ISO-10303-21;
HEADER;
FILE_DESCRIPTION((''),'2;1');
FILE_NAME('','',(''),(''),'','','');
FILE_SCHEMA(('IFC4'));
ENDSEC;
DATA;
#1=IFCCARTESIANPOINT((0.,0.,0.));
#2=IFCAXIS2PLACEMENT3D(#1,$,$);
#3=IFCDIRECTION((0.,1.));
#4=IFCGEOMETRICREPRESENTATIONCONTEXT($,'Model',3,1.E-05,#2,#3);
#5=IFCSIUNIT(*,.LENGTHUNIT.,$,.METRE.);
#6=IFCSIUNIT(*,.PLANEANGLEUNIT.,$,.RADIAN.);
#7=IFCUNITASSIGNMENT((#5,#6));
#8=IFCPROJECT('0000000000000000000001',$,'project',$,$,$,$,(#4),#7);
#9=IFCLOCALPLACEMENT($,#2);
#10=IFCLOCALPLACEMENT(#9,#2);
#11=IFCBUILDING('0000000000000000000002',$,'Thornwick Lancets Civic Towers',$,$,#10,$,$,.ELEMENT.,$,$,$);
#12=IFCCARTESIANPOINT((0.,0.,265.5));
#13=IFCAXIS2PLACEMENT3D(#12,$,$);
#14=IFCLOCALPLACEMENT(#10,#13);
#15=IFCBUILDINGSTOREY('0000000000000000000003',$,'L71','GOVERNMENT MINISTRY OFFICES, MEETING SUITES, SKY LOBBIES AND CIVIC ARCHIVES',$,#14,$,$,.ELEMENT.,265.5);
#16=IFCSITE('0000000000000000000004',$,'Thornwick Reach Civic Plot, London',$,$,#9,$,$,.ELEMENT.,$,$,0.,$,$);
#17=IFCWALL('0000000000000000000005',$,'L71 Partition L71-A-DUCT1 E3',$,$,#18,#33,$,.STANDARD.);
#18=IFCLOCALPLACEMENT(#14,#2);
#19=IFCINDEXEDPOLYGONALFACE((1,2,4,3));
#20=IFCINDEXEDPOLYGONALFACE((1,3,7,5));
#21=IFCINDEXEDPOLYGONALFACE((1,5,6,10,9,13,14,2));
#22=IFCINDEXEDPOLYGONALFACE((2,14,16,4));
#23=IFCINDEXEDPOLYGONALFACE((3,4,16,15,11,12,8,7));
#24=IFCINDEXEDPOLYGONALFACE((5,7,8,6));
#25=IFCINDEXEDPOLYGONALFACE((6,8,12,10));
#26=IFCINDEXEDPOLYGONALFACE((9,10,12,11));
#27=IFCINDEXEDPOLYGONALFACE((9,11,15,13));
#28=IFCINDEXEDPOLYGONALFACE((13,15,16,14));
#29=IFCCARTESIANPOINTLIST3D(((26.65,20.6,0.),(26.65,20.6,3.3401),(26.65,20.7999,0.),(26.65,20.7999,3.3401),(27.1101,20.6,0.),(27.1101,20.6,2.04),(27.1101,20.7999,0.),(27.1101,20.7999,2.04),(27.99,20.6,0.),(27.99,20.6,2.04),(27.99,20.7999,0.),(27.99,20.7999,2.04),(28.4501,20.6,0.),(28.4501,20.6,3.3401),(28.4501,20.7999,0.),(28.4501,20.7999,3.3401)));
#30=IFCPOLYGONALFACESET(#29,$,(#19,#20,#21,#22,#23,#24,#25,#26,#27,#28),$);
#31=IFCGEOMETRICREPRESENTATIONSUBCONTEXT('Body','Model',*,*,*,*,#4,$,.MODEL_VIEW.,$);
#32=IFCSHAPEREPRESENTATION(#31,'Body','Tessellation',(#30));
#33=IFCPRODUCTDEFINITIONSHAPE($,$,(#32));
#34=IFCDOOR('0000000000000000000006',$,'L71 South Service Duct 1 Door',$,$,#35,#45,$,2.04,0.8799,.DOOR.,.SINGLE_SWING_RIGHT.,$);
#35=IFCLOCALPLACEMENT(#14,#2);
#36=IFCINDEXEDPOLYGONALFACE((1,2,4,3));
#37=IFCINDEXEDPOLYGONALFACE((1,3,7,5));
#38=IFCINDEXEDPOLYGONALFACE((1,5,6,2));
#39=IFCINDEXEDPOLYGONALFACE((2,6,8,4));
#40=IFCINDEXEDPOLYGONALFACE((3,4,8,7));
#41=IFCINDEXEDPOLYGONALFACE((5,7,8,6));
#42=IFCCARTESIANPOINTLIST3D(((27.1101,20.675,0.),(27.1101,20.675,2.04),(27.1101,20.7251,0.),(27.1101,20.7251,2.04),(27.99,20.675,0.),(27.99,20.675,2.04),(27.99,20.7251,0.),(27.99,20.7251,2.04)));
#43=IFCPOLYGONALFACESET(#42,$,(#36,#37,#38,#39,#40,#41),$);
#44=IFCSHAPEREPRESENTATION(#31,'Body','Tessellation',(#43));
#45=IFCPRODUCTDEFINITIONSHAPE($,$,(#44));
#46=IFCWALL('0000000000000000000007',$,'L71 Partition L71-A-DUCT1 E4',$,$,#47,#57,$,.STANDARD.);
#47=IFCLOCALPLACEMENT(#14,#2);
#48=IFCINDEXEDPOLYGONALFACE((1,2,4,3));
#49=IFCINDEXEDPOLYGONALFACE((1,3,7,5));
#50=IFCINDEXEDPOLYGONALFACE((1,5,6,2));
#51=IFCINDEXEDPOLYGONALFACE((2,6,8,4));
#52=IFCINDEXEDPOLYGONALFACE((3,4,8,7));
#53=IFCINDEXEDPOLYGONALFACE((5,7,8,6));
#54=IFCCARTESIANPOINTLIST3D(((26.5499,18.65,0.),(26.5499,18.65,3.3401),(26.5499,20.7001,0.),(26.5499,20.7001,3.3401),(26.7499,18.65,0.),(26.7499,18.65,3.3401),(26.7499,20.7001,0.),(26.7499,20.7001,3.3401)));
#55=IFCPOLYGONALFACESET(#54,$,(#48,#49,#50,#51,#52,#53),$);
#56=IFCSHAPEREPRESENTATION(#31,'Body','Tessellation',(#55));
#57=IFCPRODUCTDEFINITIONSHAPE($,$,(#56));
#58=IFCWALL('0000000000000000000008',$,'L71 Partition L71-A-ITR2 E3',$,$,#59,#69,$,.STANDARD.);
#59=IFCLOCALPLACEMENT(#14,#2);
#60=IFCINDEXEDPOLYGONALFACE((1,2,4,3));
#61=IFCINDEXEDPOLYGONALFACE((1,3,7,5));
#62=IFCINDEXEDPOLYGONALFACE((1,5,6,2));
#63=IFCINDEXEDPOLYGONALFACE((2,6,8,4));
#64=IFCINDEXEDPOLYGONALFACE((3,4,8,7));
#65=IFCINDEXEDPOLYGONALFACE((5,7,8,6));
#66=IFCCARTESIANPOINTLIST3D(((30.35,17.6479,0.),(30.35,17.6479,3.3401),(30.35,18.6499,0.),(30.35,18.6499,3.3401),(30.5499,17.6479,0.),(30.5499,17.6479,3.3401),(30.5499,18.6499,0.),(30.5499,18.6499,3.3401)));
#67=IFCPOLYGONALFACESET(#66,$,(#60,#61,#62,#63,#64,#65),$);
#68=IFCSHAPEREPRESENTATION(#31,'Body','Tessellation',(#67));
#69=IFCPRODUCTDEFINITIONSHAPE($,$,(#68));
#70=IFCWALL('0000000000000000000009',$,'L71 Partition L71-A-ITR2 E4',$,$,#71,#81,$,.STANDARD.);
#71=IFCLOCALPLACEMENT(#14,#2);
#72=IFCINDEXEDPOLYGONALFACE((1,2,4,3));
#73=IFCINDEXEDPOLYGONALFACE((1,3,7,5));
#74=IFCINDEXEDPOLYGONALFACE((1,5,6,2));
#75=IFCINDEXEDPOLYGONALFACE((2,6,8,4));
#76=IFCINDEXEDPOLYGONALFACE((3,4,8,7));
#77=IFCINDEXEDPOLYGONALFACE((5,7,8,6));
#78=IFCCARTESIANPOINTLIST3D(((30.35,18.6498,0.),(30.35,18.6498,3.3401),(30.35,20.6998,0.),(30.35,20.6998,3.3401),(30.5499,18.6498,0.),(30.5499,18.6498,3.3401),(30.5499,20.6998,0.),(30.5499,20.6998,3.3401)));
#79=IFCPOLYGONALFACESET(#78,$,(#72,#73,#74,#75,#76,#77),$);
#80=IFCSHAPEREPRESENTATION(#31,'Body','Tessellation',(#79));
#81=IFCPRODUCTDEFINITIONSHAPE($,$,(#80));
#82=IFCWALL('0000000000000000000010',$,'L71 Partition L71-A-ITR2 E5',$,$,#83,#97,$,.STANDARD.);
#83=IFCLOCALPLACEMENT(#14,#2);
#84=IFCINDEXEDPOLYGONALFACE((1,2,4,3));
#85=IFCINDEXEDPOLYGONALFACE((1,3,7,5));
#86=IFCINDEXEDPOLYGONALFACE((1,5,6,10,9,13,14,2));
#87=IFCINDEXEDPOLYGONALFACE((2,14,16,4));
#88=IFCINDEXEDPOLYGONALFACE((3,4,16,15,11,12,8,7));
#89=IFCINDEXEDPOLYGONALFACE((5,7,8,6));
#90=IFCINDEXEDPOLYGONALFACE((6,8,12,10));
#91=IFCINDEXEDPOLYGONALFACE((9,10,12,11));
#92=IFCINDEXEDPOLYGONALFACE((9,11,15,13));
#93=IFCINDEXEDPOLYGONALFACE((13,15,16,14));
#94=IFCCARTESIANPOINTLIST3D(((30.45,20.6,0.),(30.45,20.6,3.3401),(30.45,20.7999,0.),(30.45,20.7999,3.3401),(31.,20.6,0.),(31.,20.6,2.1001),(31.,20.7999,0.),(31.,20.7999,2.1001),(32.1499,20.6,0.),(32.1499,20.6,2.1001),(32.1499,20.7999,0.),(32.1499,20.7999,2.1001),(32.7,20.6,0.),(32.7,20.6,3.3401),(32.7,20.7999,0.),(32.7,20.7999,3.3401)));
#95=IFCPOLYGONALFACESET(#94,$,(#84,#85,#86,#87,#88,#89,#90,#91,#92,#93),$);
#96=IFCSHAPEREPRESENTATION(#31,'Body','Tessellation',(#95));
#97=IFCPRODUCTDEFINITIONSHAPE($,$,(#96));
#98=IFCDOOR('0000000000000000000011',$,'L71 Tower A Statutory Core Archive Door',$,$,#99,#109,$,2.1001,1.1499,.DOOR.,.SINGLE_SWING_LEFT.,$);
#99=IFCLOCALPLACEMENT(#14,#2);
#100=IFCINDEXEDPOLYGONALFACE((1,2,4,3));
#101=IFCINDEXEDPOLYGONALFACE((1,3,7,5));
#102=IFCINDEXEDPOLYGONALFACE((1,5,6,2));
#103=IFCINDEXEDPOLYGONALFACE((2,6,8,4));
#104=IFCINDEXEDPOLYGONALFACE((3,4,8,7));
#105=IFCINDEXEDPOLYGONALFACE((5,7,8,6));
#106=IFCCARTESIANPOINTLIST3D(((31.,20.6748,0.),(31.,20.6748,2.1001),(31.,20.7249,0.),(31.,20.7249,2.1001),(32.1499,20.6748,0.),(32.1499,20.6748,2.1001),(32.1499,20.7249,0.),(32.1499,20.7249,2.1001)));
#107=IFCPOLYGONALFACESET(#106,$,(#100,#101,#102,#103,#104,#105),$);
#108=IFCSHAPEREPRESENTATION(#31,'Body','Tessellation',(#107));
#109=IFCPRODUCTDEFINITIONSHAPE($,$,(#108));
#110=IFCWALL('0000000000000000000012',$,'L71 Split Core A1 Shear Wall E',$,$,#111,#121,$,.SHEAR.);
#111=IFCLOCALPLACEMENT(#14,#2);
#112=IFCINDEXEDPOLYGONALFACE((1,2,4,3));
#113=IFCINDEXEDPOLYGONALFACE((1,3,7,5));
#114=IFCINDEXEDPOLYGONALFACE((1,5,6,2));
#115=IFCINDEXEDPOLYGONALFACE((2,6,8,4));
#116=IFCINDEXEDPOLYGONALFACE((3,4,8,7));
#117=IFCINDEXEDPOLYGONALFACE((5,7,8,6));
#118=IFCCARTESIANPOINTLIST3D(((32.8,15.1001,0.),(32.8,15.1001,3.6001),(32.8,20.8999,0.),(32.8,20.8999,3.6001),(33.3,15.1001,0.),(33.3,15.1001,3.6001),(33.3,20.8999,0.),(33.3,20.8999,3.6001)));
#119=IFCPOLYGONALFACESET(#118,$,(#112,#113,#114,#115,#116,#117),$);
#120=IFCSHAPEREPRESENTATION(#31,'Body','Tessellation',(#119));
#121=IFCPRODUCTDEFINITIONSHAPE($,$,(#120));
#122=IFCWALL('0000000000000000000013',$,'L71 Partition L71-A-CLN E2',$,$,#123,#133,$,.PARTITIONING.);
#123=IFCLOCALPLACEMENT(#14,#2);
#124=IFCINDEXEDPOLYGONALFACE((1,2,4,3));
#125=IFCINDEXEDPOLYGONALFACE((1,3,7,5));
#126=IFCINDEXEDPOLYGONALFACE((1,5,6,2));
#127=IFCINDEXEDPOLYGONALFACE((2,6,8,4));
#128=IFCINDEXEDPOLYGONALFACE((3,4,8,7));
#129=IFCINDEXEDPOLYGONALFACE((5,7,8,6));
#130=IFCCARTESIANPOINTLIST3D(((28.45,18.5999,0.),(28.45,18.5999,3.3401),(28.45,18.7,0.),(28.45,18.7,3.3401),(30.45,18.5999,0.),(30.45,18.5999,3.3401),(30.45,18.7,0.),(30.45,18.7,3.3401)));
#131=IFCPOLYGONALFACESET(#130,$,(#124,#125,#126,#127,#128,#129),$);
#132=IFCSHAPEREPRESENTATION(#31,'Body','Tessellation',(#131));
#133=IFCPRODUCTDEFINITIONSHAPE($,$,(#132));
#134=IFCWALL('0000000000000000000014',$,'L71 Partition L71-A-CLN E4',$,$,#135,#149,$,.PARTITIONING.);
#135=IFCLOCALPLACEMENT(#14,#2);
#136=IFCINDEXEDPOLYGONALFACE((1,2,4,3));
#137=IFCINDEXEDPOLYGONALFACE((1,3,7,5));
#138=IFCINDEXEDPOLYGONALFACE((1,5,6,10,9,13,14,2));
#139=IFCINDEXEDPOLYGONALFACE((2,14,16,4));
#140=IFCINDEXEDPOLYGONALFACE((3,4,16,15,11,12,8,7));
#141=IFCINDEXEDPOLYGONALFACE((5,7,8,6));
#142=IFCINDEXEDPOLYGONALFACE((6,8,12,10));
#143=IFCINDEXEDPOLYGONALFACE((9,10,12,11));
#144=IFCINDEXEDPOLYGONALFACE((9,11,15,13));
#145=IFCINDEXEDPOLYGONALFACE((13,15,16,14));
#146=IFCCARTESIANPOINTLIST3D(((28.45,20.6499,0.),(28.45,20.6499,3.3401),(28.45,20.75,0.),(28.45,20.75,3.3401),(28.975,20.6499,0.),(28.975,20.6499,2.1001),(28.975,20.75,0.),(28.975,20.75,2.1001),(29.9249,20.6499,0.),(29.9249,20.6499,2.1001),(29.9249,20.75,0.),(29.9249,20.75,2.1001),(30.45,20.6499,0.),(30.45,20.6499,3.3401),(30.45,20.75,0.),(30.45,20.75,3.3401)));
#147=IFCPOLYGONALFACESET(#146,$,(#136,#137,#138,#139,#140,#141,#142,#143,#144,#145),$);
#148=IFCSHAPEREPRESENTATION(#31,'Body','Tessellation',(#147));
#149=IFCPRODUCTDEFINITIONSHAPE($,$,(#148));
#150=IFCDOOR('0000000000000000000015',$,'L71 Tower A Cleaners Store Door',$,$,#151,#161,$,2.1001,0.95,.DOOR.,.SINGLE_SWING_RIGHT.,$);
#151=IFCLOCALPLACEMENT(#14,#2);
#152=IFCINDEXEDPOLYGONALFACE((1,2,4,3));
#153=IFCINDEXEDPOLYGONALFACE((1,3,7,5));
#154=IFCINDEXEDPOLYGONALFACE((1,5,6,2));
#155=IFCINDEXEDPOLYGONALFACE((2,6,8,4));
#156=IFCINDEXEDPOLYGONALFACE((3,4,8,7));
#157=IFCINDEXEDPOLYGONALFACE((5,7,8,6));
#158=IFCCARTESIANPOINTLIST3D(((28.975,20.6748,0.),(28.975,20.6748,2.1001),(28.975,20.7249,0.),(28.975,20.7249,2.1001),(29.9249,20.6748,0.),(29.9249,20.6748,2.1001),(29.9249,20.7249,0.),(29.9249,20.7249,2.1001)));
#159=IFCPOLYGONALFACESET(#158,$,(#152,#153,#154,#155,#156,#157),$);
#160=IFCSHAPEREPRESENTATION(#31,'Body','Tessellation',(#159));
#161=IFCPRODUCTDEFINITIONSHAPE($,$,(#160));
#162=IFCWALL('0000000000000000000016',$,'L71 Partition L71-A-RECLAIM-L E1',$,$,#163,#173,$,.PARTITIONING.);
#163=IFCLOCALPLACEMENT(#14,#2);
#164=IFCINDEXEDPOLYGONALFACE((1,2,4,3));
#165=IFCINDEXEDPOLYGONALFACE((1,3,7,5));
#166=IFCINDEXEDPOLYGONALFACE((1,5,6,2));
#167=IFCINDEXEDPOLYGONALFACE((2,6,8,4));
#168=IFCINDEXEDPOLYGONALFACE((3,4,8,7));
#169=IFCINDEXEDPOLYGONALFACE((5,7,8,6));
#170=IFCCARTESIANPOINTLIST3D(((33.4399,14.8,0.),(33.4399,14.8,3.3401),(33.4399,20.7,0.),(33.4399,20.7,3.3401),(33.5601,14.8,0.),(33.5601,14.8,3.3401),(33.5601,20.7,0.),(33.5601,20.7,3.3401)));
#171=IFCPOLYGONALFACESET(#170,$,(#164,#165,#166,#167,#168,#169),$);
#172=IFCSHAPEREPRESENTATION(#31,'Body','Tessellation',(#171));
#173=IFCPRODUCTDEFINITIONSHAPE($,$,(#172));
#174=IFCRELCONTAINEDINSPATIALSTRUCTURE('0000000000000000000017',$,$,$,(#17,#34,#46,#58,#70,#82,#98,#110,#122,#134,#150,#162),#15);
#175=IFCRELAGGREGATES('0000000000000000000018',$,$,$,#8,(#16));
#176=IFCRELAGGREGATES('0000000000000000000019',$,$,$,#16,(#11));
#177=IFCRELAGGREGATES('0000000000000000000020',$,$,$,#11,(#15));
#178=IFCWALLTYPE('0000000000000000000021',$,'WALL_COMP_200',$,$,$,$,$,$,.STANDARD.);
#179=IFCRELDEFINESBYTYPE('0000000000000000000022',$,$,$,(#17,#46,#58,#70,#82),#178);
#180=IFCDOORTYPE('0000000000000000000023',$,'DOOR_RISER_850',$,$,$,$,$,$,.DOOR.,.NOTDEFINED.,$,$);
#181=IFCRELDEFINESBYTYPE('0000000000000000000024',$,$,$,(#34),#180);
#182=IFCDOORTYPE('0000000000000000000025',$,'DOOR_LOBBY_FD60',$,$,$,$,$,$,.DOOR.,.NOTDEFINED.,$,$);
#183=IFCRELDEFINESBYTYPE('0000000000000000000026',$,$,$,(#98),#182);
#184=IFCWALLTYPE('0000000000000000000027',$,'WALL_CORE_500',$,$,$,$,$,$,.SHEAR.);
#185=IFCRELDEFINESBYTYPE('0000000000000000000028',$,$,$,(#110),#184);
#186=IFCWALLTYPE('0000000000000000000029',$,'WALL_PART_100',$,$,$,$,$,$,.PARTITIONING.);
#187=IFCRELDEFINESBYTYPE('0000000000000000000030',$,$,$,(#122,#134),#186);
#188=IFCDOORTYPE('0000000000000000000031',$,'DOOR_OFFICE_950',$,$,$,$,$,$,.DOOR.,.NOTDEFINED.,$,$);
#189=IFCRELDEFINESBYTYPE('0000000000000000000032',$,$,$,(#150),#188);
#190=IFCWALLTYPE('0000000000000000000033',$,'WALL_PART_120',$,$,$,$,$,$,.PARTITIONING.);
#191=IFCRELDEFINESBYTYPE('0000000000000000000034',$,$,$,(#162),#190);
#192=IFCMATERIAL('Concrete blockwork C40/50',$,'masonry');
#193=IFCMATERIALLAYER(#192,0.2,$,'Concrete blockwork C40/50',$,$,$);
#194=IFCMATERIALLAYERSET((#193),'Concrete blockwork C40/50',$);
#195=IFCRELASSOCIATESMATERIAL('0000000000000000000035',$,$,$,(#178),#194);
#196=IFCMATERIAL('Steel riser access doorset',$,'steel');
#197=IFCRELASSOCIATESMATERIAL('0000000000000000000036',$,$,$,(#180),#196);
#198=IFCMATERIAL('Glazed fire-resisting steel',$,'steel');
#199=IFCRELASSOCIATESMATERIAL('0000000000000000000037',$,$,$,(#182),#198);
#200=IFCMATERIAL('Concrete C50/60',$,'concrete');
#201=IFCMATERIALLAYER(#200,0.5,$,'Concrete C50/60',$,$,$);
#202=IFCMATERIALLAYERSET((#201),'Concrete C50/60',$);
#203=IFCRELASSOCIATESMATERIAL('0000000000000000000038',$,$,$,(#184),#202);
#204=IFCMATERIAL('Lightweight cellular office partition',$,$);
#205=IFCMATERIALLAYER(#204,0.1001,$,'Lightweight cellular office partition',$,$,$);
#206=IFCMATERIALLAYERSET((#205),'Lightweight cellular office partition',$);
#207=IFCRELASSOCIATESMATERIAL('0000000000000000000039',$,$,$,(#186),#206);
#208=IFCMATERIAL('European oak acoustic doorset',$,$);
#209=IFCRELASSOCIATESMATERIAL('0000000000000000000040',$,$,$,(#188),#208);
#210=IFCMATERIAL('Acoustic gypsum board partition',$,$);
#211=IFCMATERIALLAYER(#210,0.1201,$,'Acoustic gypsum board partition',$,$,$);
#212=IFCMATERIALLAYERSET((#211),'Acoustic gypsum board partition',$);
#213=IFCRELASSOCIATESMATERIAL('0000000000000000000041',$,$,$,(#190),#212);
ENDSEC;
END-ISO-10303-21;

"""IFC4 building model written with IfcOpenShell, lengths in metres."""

from ifc_helpers import new_model, si_unit, direction, frame, frame_2d, origin, place, context, subcontext, project, spatial, rectangle, extrude, material, layer, layer_set, type_object, element, fill, save


model = new_model("IFC4")

# Units and contexts
model_context = context("Model", 3, precision=1e-05, world=origin(), true_north=direction((0.0, 1.0)))
body_context = subcontext(model_context, "Body", "Model", "MODEL_VIEW")
ifc_project = project(units=[si_unit("LENGTHUNIT", "METRE"), si_unit("PLANEANGLEUNIT", "RADIAN")], contexts=[model_context])

# Site, building, storey
site_placement = place(None, origin())
site = spatial("IfcSite", under=ifc_project, at=site_placement, Name="Thornwick Reach Civic Plot, London", CompositionType="ELEMENT", RefElevation=0.0)
building_placement = place(site_placement, origin())
building = spatial("IfcBuilding", under=site, at=building_placement, Name="Thornwick Lancets Civic Towers", CompositionType="ELEMENT")
storey_placement = place(building_placement, frame((0.0, 0.0, 265.5)))
storey = spatial("IfcBuildingStorey", under=building, at=storey_placement, Name="L71", Description="GOVERNMENT MINISTRY OFFICES, MEETING SUITES, SKY LOBBIES AND CIVIC ARCHIVES", CompositionType="ELEMENT", Elevation=265.5)

# Shared definitions
ifc_material_1 = material(Name="Concrete C50/60", Category="concrete")

# Shared definitions
ifc_material_2 = material(Name="Concrete blockwork C40/50", Category="masonry")
ifc_layer_1 = layer(ifc_material_2, 0.2, Name="Concrete blockwork C40/50")
ifc_layer_set_1 = layer_set([ifc_layer_1], Name="Concrete blockwork C40/50")
wall_type_1 = type_object("IfcWallType", Name="WALL_COMP_200", PredefinedType="STANDARD", material=ifc_layer_set_1)

# Wall, opening, door
wall_1_placement = place(storey_placement, frame((28.45, 20.7, 0.0), z_axis=(0.0, 0.0, 1.0), x_axis=(-1.0, 0.0, 0.0)))
wall_1 = element("IfcWall", 1, at=wall_1_placement, inside=storey, type_object=wall_type_1, Name="L71 Partition L71-A-DUCT1 E3", PredefinedType="STANDARD", context=body_context, shape_type="SweptSolid", body=[
    extrude(rectangle(XDim=1.8, YDim=0.2, at=frame_2d((0.8999, 0.0))), origin(), (0.0, 0.0, 1.0), 3.3401),
])
opening_1_placement = place(wall_1_placement, frame((0.46, 0.0, 0.0)))
opening_1 = element("IfcOpeningElement", 2, at=opening_1_placement, cuts=wall_1, PredefinedType="OPENING", context=body_context, shape_type="SweptSolid", body=[
    extrude(rectangle(XDim=0.8799, YDim=2.04, at=frame_2d((0.4399, 1.02))), frame((0.0, 0.1099, 0.0), z_axis=(0.0, -1.0, 0.0), x_axis=(1.0, 0.0, 0.0)), (0.0, 0.0, 1.0), 0.22),
])
ifc_material_3 = material(Name="Steel riser access doorset", Category="steel")
door_type_1 = type_object("IfcDoorType", Name="DOOR_RISER_850", OperationType="NOTDEFINED", PredefinedType="DOOR", material=ifc_material_3)
door_1_placement = place(opening_1_placement, origin())
door_1 = element("IfcDoor", 3, at=door_1_placement, inside=storey, type_object=door_type_1, Name="L71 South Service Duct 1 Door", OperationType="SINGLE_SWING_RIGHT", OverallHeight=2.04, OverallWidth=0.8799, PredefinedType="DOOR", context=body_context, shape_type="SweptSolid", body=[
    extrude(rectangle(XDim=0.8799, YDim=2.04, at=frame_2d((0.4399, 1.02))), frame((0.0, 0.0249, 0.0), z_axis=(0.0, -1.0, 0.0), x_axis=(1.0, 0.0, 0.0)), (0.0, 0.0, 1.0), 0.05),
])
fill(opening_1, door_1)

# Walls
wall_2_placement = place(storey_placement, frame((26.6499, 20.7, 0.0), z_axis=(0.0, 0.0, 1.0), x_axis=(0.0, -1.0, 0.0)))
element("IfcWall", 4, at=wall_2_placement, inside=storey, type_object=wall_type_1, Name="L71 Partition L71-A-DUCT1 E4", PredefinedType="STANDARD", context=body_context, shape_type="SweptSolid", body=[
    extrude(rectangle(XDim=2.05, YDim=0.2, at=frame_2d((1.0249, 0.0))), origin(), (0.0, 0.0, 1.0), 3.3401),
])
wall_3_placement = place(storey_placement, frame((30.45, 17.6479, 0.0), z_axis=(0.0, 0.0, 1.0), x_axis=(0.0, 1.0, 0.0)))
element("IfcWall", 5, at=wall_3_placement, inside=storey, type_object=wall_type_1, Name="L71 Partition L71-A-ITR2 E3", PredefinedType="STANDARD", context=body_context, shape_type="SweptSolid", body=[
    extrude(rectangle(XDim=1.002, YDim=0.2, at=frame_2d((0.501, 0.0))), origin(), (0.0, 0.0, 1.0), 3.3401),
])
wall_4_placement = place(storey_placement, frame((30.45, 18.6499, 0.0), z_axis=(0.0, 0.0, 1.0), x_axis=(0.0, 1.0, 0.0)))
element("IfcWall", 6, at=wall_4_placement, inside=storey, type_object=wall_type_1, Name="L71 Partition L71-A-ITR2 E4", PredefinedType="STANDARD", context=body_context, shape_type="SweptSolid", body=[
    extrude(rectangle(XDim=2.05, YDim=0.2, at=frame_2d((1.0249, 0.0))), origin(), (0.0, 0.0, 1.0), 3.3401),
])

# Wall, opening, door
wall_5_placement = place(storey_placement, frame((30.45, 20.7, 0.0), z_axis=(0.0, 0.0, 1.0), x_axis=(1.0, 0.0, 0.0)))
wall_5 = element("IfcWall", 7, at=wall_5_placement, inside=storey, type_object=wall_type_1, Name="L71 Partition L71-A-ITR2 E5", PredefinedType="STANDARD", context=body_context, shape_type="SweptSolid", body=[
    extrude(rectangle(XDim=2.25, YDim=0.2, at=frame_2d((1.125, 0.0))), origin(), (0.0, 0.0, 1.0), 3.3401),
])
opening_2_placement = place(wall_5_placement, frame((0.55, 0.0, 0.0)))
opening_2 = element("IfcOpeningElement", 8, at=opening_2_placement, cuts=wall_5, PredefinedType="OPENING", context=body_context, shape_type="SweptSolid", body=[
    extrude(rectangle(XDim=1.1499, YDim=2.1001, at=frame_2d((0.575, 1.05))), frame((0.0, 0.1099, 0.0), z_axis=(0.0, -1.0, 0.0), x_axis=(1.0, 0.0, 0.0)), (0.0, 0.0, 1.0), 0.22),
])
ifc_material_4 = material(Name="Glazed fire-resisting steel", Category="steel")
door_type_2 = type_object("IfcDoorType", Name="DOOR_LOBBY_FD60", OperationType="NOTDEFINED", PredefinedType="DOOR", material=ifc_material_4)
door_2_placement = place(opening_2_placement, origin())
door_2 = element("IfcDoor", 9, at=door_2_placement, inside=storey, type_object=door_type_2, Name="L71 Tower A Statutory Core Archive Door", OperationType="SINGLE_SWING_LEFT", OverallHeight=2.1001, OverallWidth=1.1499, PredefinedType="DOOR", context=body_context, shape_type="SweptSolid", body=[
    extrude(rectangle(XDim=1.1499, YDim=2.1001, at=frame_2d((0.575, 1.05))), frame((0.0, 0.0249, 0.0), z_axis=(0.0, -1.0, 0.0), x_axis=(1.0, 0.0, 0.0)), (0.0, 0.0, 1.0), 0.05),
])
fill(opening_2, door_2)

# Walls
ifc_layer_2 = layer(ifc_material_1, 0.5, Name="Concrete C50/60")
ifc_layer_set_2 = layer_set([ifc_layer_2], Name="Concrete C50/60")
wall_type_2 = type_object("IfcWallType", Name="WALL_CORE_500", PredefinedType="SHEAR", material=ifc_layer_set_2)
wall_6_placement = place(storey_placement, frame((33.05, 15.1001, 0.0), z_axis=(0.0, 0.0, 1.0), x_axis=(0.0, 1.0, 0.0)))
element("IfcWall", 10, at=wall_6_placement, inside=storey, type_object=wall_type_2, Name="L71 Split Core A1 Shear Wall E", PredefinedType="SHEAR", context=body_context, shape_type="SweptSolid", body=[
    extrude(rectangle(XDim=5.7998, YDim=0.5, at=frame_2d((2.8999, 0.0))), origin(), (0.0, 0.0, 1.0), 3.6001),
])
ifc_material_5 = material(Name="Lightweight cellular office partition")
ifc_layer_3 = layer(ifc_material_5, 0.1001, Name="Lightweight cellular office partition")
ifc_layer_set_3 = layer_set([ifc_layer_3], Name="Lightweight cellular office partition")
wall_type_3 = type_object("IfcWallType", Name="WALL_PART_100", PredefinedType="PARTITIONING", material=ifc_layer_set_3)
wall_7_placement = place(storey_placement, frame((30.45, 18.6499, 0.0), z_axis=(0.0, 0.0, 1.0), x_axis=(-1.0, 0.0, 0.0)))
element("IfcWall", 11, at=wall_7_placement, inside=storey, type_object=wall_type_3, Name="L71 Partition L71-A-CLN E2", PredefinedType="PARTITIONING", context=body_context, shape_type="SweptSolid", body=[
    extrude(rectangle(XDim=2.0, YDim=0.1001, at=frame_2d((1.0, 0.0))), origin(), (0.0, 0.0, 1.0), 3.3401),
])

# Wall, opening, door
wall_8_placement = place(storey_placement, frame((28.45, 20.7, 0.0), z_axis=(0.0, 0.0, 1.0), x_axis=(1.0, 0.0, 0.0)))
wall_8 = element("IfcWall", 12, at=wall_8_placement, inside=storey, type_object=wall_type_3, Name="L71 Partition L71-A-CLN E4", PredefinedType="PARTITIONING", context=body_context, shape_type="SweptSolid", body=[
    extrude(rectangle(XDim=2.0, YDim=0.1001, at=frame_2d((1.0, 0.0))), origin(), (0.0, 0.0, 1.0), 3.3401),
])
opening_3_placement = place(wall_8_placement, frame((0.5249, 0.0, 0.0)))
opening_3 = element("IfcOpeningElement", 13, at=opening_3_placement, cuts=wall_8, PredefinedType="OPENING", context=body_context, shape_type="SweptSolid", body=[
    extrude(rectangle(XDim=0.95, YDim=2.1001, at=frame_2d((0.4751, 1.05))), frame((0.0, 0.0601, 0.0), z_axis=(0.0, -1.0, 0.0), x_axis=(1.0, 0.0, 0.0)), (0.0, 0.0, 1.0), 0.1201),
])
ifc_material_6 = material(Name="European oak acoustic doorset")
door_type_3 = type_object("IfcDoorType", Name="DOOR_OFFICE_950", OperationType="NOTDEFINED", PredefinedType="DOOR", material=ifc_material_6)
door_3_placement = place(opening_3_placement, origin())
door_3 = element("IfcDoor", 14, at=door_3_placement, inside=storey, type_object=door_type_3, Name="L71 Tower A Cleaners Store Door", OperationType="SINGLE_SWING_RIGHT", OverallHeight=2.1001, OverallWidth=0.95, PredefinedType="DOOR", context=body_context, shape_type="SweptSolid", body=[
    extrude(rectangle(XDim=0.95, YDim=2.1001, at=frame_2d((0.4751, 1.05))), frame((0.0, 0.0249, 0.0), z_axis=(0.0, -1.0, 0.0), x_axis=(1.0, 0.0, 0.0)), (0.0, 0.0, 1.0), 0.05),
])
fill(opening_3, door_3)

# Wall
ifc_material_7 = material(Name="Acoustic gypsum board partition")
ifc_layer_4 = layer(ifc_material_7, 0.1201, Name="Acoustic gypsum board partition")
ifc_layer_set_4 = layer_set([ifc_layer_4], Name="Acoustic gypsum board partition")
wall_type_4 = type_object("IfcWallType", Name="WALL_PART_120", PredefinedType="PARTITIONING", material=ifc_layer_set_4)
wall_9_placement = place(storey_placement, frame((33.5, 20.7, 0.0), z_axis=(0.0, 0.0, 1.0), x_axis=(0.0, -1.0, 0.0)))
element("IfcWall", 15, at=wall_9_placement, inside=storey, type_object=wall_type_4, Name="L71 Partition L71-A-RECLAIM-L E1", PredefinedType="PARTITIONING", context=body_context, shape_type="SweptSolid", body=[
    extrude(rectangle(XDim=5.8999, YDim=0.1201, at=frame_2d((2.95, 0.0))), origin(), (0.0, 0.0, 1.0), 3.3401),
])

save(model, "model.ifc")
